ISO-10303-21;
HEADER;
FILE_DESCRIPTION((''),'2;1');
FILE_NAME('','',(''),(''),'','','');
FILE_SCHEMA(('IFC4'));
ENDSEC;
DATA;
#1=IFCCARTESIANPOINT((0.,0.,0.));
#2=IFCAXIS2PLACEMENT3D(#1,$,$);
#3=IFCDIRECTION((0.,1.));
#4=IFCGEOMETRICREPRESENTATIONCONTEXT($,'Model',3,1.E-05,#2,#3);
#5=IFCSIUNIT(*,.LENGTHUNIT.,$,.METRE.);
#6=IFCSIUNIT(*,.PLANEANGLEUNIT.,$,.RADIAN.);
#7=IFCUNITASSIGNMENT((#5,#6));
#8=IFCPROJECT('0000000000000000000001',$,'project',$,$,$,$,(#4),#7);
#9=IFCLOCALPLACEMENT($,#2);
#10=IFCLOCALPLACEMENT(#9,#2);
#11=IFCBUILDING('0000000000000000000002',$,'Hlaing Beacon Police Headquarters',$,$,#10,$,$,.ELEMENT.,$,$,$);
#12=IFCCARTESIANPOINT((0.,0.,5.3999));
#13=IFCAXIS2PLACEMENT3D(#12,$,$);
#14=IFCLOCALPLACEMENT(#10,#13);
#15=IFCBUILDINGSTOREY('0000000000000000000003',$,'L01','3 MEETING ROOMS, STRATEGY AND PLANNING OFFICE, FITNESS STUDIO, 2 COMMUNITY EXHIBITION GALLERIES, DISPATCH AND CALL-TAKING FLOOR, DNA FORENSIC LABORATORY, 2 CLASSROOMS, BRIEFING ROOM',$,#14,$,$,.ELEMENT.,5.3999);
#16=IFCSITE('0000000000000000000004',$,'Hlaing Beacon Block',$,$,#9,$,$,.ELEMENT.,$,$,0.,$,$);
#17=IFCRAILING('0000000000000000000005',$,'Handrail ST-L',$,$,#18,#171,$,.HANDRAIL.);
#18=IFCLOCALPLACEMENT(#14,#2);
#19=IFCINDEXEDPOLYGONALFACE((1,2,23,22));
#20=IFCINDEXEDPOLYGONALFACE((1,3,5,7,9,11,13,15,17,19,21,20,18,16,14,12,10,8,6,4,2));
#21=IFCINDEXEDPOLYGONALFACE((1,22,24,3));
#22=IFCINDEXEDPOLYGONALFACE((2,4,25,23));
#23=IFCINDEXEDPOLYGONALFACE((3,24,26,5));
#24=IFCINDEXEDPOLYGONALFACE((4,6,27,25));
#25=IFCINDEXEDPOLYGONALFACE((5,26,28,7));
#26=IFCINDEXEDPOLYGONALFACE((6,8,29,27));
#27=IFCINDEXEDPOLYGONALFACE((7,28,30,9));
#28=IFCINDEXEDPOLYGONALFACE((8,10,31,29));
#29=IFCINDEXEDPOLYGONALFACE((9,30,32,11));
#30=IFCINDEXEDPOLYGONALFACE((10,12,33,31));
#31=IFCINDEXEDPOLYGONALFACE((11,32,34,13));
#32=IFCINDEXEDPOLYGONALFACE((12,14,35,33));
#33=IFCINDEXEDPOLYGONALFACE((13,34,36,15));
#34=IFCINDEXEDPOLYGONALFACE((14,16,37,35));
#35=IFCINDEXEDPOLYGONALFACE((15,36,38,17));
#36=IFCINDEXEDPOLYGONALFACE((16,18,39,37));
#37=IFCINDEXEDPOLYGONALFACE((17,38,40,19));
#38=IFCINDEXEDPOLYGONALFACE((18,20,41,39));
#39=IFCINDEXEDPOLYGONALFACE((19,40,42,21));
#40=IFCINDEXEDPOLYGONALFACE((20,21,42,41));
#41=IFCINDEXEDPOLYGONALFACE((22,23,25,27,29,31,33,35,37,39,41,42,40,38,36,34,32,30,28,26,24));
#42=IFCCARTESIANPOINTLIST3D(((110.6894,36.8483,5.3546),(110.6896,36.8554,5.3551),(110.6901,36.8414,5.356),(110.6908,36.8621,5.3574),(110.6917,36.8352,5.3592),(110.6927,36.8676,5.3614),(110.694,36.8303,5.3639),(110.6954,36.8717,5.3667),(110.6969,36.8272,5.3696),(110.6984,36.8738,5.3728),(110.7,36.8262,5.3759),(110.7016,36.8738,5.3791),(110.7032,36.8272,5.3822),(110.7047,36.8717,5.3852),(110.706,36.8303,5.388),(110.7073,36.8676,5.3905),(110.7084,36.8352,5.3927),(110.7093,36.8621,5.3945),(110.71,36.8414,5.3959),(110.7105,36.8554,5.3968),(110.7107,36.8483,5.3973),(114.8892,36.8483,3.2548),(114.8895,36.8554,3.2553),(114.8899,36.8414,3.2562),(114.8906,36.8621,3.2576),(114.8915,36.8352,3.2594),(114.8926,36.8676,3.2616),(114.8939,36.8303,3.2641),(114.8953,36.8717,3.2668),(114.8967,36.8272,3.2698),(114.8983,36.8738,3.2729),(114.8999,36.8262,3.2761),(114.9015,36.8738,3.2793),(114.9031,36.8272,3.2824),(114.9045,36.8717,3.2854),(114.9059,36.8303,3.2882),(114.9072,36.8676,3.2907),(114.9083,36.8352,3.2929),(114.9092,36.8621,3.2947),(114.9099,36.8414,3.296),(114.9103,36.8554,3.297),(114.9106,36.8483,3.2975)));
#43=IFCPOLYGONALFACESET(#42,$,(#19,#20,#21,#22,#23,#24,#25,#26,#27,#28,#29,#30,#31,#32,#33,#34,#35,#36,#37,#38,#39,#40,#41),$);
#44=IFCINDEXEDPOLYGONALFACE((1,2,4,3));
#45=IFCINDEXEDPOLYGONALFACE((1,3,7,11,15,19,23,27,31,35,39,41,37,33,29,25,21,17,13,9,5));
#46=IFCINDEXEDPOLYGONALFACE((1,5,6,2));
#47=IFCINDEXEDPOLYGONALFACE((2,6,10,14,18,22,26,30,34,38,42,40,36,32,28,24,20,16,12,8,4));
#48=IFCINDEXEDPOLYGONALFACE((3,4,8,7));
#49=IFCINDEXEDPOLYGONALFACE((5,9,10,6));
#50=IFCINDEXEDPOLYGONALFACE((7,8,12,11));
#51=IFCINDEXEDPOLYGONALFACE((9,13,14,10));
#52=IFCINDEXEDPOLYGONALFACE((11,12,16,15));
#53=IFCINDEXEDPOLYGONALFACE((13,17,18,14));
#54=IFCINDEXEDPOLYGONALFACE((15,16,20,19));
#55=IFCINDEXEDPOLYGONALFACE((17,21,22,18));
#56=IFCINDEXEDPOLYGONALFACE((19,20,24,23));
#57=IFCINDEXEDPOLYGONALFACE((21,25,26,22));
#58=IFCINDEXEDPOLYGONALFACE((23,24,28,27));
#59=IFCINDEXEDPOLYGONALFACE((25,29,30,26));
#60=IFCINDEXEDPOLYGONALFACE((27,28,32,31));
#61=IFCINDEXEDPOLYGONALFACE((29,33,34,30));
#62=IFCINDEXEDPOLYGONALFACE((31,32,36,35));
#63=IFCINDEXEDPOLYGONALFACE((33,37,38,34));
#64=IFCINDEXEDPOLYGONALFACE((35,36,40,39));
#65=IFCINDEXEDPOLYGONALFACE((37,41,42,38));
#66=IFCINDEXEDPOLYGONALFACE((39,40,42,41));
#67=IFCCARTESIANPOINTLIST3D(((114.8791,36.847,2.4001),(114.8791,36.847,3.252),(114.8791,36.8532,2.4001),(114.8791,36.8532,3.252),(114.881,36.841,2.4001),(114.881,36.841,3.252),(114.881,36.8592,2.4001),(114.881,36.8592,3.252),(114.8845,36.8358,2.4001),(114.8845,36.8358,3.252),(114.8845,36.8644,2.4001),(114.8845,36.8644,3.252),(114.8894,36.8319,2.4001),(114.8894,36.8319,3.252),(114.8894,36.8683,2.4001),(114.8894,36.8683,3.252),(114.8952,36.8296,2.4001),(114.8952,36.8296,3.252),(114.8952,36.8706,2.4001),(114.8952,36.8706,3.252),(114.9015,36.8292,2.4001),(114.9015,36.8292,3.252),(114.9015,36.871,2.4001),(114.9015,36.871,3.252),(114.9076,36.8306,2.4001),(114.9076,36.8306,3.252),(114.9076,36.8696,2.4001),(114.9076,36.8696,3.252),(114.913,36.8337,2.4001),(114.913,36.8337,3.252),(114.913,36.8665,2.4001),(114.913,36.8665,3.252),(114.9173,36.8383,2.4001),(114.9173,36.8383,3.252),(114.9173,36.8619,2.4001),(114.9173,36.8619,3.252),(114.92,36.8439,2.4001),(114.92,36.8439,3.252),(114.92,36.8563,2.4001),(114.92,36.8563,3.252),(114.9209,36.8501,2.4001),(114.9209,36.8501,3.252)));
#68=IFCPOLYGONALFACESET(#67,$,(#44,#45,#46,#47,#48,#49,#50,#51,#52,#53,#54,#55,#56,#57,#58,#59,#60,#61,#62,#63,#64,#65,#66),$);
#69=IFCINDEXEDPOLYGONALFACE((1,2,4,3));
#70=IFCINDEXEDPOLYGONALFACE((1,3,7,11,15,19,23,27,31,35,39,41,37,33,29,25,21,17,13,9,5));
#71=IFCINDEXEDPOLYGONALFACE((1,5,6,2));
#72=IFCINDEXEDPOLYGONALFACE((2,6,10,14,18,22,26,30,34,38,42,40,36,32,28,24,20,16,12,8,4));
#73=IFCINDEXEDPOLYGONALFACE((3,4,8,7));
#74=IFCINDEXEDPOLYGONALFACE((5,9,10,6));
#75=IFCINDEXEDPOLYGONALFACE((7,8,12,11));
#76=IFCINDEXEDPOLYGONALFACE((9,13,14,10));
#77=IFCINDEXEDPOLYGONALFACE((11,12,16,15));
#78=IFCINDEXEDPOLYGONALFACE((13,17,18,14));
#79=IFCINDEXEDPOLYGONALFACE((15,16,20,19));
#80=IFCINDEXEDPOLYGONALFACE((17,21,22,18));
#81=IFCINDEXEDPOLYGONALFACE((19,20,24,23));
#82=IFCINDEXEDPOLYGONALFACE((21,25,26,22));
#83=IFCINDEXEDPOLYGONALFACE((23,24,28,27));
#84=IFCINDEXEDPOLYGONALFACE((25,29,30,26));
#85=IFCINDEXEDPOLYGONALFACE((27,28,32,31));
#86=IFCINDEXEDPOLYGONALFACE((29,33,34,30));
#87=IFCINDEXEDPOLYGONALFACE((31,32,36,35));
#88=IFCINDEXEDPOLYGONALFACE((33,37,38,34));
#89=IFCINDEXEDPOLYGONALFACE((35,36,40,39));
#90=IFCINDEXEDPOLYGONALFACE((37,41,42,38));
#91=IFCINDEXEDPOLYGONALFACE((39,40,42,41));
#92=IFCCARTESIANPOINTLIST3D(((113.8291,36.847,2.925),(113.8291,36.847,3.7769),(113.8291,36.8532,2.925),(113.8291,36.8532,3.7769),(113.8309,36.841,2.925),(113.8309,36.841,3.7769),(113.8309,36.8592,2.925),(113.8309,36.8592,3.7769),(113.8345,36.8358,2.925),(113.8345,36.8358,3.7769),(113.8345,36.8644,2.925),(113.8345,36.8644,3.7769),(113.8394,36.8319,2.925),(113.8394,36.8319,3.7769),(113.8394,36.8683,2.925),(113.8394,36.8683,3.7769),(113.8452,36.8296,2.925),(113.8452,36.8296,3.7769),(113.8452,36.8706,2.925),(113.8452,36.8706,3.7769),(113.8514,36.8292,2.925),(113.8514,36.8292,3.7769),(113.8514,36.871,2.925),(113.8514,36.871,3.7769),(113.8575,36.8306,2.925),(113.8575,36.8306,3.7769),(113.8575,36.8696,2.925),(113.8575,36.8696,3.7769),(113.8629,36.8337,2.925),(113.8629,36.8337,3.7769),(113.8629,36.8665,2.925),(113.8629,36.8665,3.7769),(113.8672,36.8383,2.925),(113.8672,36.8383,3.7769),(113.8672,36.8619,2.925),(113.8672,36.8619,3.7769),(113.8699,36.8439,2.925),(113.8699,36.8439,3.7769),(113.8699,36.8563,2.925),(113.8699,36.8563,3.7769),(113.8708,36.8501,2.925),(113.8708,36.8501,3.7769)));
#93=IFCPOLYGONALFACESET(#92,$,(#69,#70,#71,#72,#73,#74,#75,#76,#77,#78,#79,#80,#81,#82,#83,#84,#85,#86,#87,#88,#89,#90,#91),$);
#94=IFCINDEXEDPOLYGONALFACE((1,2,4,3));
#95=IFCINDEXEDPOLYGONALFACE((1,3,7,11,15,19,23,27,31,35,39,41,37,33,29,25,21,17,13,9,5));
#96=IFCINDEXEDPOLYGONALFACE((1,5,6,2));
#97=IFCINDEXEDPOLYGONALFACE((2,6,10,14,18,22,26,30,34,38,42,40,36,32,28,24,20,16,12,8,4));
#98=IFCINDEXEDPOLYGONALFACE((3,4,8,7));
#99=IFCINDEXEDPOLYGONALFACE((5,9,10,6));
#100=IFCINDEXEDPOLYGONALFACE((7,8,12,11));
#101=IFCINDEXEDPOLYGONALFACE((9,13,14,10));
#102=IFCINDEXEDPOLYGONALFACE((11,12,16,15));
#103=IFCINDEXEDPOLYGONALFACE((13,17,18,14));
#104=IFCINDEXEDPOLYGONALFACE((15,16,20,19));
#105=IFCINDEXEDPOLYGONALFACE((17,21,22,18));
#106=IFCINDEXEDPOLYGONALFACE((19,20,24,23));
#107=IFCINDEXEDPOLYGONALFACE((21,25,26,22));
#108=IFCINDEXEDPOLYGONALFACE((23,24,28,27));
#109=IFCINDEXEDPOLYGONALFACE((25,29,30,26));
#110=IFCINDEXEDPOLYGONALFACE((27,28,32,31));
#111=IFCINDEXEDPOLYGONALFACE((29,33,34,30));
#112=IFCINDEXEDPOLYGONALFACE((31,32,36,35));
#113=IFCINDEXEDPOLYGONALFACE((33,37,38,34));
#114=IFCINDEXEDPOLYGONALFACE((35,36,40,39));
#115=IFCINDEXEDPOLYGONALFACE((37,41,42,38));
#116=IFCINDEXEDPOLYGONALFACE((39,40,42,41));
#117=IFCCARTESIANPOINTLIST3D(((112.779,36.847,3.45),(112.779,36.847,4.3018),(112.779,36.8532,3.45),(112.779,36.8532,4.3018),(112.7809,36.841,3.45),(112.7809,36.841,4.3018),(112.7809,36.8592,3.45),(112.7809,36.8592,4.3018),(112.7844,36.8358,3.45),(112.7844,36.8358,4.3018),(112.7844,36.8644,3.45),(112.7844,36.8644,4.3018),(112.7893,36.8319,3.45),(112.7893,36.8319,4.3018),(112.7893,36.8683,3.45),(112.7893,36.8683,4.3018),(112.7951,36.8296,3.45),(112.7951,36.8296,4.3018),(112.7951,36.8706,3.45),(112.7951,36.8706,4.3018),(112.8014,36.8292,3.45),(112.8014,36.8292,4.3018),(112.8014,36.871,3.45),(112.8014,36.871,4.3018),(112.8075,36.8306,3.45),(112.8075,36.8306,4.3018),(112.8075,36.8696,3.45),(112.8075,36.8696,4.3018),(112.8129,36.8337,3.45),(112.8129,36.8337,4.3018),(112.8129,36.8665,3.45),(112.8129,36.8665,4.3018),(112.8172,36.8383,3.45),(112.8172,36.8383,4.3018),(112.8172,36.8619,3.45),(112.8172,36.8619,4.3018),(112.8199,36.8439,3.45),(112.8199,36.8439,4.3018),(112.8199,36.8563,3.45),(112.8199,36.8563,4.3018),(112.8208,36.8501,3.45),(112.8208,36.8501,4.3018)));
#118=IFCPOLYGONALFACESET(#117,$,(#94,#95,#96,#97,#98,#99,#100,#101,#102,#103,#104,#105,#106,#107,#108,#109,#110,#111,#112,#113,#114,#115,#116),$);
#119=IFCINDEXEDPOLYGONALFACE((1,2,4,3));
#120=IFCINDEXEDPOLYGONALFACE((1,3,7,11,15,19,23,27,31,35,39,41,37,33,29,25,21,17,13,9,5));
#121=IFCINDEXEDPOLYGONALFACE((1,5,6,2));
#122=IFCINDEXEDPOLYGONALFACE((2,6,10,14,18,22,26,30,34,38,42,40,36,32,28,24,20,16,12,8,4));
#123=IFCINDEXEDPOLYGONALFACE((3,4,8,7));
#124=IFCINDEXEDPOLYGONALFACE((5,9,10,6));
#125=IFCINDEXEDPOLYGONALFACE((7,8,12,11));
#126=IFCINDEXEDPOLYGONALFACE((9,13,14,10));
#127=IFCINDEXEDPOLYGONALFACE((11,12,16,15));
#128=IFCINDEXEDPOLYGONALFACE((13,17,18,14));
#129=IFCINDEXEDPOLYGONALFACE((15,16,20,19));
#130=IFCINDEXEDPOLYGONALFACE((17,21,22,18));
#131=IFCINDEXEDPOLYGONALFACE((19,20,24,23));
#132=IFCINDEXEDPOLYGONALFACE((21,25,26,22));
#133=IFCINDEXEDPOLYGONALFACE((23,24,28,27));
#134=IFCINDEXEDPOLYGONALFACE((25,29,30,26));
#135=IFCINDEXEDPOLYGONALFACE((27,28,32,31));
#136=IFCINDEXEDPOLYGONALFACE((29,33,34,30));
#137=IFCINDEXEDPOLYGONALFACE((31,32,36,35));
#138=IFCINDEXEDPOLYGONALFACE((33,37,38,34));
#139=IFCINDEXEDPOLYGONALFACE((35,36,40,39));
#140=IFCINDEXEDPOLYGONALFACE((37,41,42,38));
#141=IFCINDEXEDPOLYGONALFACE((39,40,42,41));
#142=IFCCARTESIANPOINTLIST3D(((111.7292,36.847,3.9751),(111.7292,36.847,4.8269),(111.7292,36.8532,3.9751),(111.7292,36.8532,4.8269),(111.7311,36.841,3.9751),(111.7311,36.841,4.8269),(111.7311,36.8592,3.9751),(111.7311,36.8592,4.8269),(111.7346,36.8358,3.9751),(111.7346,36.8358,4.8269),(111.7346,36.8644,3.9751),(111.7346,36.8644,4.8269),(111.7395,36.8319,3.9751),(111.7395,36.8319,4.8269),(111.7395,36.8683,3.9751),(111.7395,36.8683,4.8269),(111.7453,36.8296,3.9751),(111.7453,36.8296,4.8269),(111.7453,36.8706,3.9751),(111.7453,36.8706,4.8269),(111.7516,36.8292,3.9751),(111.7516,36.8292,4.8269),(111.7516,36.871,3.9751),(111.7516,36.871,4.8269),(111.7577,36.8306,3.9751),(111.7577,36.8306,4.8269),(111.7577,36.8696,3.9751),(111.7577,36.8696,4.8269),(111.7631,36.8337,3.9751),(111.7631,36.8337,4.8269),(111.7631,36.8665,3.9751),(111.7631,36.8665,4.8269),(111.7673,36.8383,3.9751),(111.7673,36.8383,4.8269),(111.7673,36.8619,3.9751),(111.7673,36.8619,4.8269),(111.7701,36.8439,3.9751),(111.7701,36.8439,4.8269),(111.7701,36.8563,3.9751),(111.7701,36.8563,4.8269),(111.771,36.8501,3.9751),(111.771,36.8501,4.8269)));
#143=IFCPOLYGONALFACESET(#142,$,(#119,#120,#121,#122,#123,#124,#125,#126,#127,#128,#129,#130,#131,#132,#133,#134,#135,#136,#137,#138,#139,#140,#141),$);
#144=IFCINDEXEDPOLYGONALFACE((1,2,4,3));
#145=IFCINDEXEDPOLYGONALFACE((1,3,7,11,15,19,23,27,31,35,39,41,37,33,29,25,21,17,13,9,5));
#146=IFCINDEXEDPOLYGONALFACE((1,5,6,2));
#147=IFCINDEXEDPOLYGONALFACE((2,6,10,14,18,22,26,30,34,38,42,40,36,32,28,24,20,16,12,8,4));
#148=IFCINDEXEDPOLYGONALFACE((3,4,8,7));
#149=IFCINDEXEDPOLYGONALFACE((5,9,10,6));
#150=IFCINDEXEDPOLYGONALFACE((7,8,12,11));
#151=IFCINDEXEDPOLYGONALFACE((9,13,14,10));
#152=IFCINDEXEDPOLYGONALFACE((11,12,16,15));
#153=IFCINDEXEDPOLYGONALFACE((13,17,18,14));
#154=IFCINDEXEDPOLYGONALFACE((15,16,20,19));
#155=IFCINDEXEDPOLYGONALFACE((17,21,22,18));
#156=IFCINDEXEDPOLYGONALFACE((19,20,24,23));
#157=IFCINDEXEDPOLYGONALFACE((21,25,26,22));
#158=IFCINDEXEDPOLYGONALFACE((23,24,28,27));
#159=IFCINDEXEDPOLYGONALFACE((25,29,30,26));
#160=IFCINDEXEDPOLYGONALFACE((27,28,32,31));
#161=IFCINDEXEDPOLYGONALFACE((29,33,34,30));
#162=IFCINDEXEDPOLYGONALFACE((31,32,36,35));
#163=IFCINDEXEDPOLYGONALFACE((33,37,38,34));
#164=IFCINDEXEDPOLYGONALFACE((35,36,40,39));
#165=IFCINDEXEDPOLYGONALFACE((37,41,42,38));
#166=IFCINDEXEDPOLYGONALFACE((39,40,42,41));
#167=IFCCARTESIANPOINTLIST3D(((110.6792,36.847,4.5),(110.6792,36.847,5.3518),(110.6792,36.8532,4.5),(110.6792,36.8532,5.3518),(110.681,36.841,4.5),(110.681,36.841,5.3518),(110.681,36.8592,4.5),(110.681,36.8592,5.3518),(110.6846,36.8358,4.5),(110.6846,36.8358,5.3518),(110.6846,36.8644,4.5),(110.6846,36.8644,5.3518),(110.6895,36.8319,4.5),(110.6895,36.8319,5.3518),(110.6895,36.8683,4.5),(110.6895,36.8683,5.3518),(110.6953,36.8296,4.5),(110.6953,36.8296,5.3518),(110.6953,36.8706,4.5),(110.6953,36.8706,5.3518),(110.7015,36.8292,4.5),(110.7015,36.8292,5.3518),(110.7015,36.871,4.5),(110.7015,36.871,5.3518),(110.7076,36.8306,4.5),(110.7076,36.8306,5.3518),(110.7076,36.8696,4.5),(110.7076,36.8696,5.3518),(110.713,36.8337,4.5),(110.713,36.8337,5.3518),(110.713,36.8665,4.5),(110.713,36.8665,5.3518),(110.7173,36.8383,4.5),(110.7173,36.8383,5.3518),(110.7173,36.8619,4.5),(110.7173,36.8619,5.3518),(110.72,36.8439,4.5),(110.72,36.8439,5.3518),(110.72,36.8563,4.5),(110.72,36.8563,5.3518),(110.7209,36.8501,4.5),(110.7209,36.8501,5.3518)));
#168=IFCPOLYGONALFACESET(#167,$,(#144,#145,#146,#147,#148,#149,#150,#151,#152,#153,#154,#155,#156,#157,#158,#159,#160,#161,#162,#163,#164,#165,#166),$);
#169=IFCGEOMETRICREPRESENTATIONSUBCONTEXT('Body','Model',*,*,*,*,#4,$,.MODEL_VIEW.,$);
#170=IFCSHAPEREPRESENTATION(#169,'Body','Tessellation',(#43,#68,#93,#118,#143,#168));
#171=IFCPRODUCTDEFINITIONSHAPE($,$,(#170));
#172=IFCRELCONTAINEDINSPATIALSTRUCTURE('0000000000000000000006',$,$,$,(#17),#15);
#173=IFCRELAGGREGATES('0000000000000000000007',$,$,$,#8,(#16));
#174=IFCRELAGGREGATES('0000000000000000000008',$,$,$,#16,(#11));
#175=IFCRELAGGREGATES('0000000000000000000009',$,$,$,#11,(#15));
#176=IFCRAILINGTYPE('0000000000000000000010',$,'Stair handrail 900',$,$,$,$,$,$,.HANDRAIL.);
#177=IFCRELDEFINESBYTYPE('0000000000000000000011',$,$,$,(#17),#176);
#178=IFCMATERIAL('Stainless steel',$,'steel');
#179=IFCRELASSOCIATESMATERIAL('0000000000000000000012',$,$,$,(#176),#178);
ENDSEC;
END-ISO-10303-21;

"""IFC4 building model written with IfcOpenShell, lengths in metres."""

from ifc_helpers import new_model, si_unit, direction, frame, origin, origin_2d, place, context, subcontext, project, spatial, circle, extrude, material, type_object, element, save


model = new_model("IFC4")

# Units and contexts
model_context = context("Model", 3, precision=1e-05, world=origin(), true_north=direction((0.0, 1.0)))
body_context = subcontext(model_context, "Body", "Model", "MODEL_VIEW")
ifc_project = project(units=[si_unit("LENGTHUNIT", "METRE"), si_unit("PLANEANGLEUNIT", "RADIAN")], contexts=[model_context])

# Site, building, storey
site_placement = place(None, origin())
site = spatial("IfcSite", under=ifc_project, at=site_placement, Name="Hlaing Beacon Block", CompositionType="ELEMENT", RefElevation=0.0)
building_placement = place(site_placement, origin())
building = spatial("IfcBuilding", under=site, at=building_placement, Name="Hlaing Beacon Police Headquarters", CompositionType="ELEMENT")
storey_placement = place(building_placement, frame((0.0, 0.0, 5.3999)))
storey = spatial("IfcBuildingStorey", under=building, at=storey_placement, Name="L01", Description="3 MEETING ROOMS, STRATEGY AND PLANNING OFFICE, FITNESS STUDIO, 2 COMMUNITY EXHIBITION GALLERIES, DISPATCH AND CALL-TAKING FLOOR, DNA FORENSIC LABORATORY, 2 CLASSROOMS, BRIEFING ROOM", CompositionType="ELEMENT", Elevation=5.3999)

# Railing
ifc_material_1 = material(Name="Stainless steel", Category="steel")
railing_type_1 = type_object("IfcRailingType", Name="Stair handrail 900", PredefinedType="HANDRAIL", material=ifc_material_1)
for number, where, name in (
    (1, (114.8999, 36.8501, 2.4001), "Handrail ST-L"),
):
    element("IfcRailing", number, at=place(storey_placement, frame(where)), inside=storey, type_object=railing_type_1, Name=name, PredefinedType="HANDRAIL", context=body_context, shape_type="SweptSolid", body=[
        extrude(circle(Radius=0.0239, at=origin_2d()), frame((0.0, 0.0, 0.876), z_axis=(-0.894438, 0.0, 0.447193), x_axis=(0.0, -1.0, 0.0)), (0.0, 0.0, 1.0), 4.6956),
        extrude(circle(Radius=0.021, at=origin_2d()), origin(), (0.0, 0.0, 1.0), 0.8518),
        extrude(circle(Radius=0.021, at=origin_2d()), frame((-1.05, 0.0, 0.5249)), (0.0, 0.0, 1.0), 0.8518),
        extrude(circle(Radius=0.021, at=origin_2d()), frame((-2.1001, 0.0, 1.0498)), (0.0, 0.0, 1.0), 0.8518),
        extrude(circle(Radius=0.021, at=origin_2d()), frame((-3.1499, 0.0, 1.575)), (0.0, 0.0, 1.0), 0.8518),
        extrude(circle(Radius=0.021, at=origin_2d()), frame((-4.2, 0.0, 2.0999)), (0.0, 0.0, 1.0), 0.8518),
    ])

save(model, "model.ifc")
